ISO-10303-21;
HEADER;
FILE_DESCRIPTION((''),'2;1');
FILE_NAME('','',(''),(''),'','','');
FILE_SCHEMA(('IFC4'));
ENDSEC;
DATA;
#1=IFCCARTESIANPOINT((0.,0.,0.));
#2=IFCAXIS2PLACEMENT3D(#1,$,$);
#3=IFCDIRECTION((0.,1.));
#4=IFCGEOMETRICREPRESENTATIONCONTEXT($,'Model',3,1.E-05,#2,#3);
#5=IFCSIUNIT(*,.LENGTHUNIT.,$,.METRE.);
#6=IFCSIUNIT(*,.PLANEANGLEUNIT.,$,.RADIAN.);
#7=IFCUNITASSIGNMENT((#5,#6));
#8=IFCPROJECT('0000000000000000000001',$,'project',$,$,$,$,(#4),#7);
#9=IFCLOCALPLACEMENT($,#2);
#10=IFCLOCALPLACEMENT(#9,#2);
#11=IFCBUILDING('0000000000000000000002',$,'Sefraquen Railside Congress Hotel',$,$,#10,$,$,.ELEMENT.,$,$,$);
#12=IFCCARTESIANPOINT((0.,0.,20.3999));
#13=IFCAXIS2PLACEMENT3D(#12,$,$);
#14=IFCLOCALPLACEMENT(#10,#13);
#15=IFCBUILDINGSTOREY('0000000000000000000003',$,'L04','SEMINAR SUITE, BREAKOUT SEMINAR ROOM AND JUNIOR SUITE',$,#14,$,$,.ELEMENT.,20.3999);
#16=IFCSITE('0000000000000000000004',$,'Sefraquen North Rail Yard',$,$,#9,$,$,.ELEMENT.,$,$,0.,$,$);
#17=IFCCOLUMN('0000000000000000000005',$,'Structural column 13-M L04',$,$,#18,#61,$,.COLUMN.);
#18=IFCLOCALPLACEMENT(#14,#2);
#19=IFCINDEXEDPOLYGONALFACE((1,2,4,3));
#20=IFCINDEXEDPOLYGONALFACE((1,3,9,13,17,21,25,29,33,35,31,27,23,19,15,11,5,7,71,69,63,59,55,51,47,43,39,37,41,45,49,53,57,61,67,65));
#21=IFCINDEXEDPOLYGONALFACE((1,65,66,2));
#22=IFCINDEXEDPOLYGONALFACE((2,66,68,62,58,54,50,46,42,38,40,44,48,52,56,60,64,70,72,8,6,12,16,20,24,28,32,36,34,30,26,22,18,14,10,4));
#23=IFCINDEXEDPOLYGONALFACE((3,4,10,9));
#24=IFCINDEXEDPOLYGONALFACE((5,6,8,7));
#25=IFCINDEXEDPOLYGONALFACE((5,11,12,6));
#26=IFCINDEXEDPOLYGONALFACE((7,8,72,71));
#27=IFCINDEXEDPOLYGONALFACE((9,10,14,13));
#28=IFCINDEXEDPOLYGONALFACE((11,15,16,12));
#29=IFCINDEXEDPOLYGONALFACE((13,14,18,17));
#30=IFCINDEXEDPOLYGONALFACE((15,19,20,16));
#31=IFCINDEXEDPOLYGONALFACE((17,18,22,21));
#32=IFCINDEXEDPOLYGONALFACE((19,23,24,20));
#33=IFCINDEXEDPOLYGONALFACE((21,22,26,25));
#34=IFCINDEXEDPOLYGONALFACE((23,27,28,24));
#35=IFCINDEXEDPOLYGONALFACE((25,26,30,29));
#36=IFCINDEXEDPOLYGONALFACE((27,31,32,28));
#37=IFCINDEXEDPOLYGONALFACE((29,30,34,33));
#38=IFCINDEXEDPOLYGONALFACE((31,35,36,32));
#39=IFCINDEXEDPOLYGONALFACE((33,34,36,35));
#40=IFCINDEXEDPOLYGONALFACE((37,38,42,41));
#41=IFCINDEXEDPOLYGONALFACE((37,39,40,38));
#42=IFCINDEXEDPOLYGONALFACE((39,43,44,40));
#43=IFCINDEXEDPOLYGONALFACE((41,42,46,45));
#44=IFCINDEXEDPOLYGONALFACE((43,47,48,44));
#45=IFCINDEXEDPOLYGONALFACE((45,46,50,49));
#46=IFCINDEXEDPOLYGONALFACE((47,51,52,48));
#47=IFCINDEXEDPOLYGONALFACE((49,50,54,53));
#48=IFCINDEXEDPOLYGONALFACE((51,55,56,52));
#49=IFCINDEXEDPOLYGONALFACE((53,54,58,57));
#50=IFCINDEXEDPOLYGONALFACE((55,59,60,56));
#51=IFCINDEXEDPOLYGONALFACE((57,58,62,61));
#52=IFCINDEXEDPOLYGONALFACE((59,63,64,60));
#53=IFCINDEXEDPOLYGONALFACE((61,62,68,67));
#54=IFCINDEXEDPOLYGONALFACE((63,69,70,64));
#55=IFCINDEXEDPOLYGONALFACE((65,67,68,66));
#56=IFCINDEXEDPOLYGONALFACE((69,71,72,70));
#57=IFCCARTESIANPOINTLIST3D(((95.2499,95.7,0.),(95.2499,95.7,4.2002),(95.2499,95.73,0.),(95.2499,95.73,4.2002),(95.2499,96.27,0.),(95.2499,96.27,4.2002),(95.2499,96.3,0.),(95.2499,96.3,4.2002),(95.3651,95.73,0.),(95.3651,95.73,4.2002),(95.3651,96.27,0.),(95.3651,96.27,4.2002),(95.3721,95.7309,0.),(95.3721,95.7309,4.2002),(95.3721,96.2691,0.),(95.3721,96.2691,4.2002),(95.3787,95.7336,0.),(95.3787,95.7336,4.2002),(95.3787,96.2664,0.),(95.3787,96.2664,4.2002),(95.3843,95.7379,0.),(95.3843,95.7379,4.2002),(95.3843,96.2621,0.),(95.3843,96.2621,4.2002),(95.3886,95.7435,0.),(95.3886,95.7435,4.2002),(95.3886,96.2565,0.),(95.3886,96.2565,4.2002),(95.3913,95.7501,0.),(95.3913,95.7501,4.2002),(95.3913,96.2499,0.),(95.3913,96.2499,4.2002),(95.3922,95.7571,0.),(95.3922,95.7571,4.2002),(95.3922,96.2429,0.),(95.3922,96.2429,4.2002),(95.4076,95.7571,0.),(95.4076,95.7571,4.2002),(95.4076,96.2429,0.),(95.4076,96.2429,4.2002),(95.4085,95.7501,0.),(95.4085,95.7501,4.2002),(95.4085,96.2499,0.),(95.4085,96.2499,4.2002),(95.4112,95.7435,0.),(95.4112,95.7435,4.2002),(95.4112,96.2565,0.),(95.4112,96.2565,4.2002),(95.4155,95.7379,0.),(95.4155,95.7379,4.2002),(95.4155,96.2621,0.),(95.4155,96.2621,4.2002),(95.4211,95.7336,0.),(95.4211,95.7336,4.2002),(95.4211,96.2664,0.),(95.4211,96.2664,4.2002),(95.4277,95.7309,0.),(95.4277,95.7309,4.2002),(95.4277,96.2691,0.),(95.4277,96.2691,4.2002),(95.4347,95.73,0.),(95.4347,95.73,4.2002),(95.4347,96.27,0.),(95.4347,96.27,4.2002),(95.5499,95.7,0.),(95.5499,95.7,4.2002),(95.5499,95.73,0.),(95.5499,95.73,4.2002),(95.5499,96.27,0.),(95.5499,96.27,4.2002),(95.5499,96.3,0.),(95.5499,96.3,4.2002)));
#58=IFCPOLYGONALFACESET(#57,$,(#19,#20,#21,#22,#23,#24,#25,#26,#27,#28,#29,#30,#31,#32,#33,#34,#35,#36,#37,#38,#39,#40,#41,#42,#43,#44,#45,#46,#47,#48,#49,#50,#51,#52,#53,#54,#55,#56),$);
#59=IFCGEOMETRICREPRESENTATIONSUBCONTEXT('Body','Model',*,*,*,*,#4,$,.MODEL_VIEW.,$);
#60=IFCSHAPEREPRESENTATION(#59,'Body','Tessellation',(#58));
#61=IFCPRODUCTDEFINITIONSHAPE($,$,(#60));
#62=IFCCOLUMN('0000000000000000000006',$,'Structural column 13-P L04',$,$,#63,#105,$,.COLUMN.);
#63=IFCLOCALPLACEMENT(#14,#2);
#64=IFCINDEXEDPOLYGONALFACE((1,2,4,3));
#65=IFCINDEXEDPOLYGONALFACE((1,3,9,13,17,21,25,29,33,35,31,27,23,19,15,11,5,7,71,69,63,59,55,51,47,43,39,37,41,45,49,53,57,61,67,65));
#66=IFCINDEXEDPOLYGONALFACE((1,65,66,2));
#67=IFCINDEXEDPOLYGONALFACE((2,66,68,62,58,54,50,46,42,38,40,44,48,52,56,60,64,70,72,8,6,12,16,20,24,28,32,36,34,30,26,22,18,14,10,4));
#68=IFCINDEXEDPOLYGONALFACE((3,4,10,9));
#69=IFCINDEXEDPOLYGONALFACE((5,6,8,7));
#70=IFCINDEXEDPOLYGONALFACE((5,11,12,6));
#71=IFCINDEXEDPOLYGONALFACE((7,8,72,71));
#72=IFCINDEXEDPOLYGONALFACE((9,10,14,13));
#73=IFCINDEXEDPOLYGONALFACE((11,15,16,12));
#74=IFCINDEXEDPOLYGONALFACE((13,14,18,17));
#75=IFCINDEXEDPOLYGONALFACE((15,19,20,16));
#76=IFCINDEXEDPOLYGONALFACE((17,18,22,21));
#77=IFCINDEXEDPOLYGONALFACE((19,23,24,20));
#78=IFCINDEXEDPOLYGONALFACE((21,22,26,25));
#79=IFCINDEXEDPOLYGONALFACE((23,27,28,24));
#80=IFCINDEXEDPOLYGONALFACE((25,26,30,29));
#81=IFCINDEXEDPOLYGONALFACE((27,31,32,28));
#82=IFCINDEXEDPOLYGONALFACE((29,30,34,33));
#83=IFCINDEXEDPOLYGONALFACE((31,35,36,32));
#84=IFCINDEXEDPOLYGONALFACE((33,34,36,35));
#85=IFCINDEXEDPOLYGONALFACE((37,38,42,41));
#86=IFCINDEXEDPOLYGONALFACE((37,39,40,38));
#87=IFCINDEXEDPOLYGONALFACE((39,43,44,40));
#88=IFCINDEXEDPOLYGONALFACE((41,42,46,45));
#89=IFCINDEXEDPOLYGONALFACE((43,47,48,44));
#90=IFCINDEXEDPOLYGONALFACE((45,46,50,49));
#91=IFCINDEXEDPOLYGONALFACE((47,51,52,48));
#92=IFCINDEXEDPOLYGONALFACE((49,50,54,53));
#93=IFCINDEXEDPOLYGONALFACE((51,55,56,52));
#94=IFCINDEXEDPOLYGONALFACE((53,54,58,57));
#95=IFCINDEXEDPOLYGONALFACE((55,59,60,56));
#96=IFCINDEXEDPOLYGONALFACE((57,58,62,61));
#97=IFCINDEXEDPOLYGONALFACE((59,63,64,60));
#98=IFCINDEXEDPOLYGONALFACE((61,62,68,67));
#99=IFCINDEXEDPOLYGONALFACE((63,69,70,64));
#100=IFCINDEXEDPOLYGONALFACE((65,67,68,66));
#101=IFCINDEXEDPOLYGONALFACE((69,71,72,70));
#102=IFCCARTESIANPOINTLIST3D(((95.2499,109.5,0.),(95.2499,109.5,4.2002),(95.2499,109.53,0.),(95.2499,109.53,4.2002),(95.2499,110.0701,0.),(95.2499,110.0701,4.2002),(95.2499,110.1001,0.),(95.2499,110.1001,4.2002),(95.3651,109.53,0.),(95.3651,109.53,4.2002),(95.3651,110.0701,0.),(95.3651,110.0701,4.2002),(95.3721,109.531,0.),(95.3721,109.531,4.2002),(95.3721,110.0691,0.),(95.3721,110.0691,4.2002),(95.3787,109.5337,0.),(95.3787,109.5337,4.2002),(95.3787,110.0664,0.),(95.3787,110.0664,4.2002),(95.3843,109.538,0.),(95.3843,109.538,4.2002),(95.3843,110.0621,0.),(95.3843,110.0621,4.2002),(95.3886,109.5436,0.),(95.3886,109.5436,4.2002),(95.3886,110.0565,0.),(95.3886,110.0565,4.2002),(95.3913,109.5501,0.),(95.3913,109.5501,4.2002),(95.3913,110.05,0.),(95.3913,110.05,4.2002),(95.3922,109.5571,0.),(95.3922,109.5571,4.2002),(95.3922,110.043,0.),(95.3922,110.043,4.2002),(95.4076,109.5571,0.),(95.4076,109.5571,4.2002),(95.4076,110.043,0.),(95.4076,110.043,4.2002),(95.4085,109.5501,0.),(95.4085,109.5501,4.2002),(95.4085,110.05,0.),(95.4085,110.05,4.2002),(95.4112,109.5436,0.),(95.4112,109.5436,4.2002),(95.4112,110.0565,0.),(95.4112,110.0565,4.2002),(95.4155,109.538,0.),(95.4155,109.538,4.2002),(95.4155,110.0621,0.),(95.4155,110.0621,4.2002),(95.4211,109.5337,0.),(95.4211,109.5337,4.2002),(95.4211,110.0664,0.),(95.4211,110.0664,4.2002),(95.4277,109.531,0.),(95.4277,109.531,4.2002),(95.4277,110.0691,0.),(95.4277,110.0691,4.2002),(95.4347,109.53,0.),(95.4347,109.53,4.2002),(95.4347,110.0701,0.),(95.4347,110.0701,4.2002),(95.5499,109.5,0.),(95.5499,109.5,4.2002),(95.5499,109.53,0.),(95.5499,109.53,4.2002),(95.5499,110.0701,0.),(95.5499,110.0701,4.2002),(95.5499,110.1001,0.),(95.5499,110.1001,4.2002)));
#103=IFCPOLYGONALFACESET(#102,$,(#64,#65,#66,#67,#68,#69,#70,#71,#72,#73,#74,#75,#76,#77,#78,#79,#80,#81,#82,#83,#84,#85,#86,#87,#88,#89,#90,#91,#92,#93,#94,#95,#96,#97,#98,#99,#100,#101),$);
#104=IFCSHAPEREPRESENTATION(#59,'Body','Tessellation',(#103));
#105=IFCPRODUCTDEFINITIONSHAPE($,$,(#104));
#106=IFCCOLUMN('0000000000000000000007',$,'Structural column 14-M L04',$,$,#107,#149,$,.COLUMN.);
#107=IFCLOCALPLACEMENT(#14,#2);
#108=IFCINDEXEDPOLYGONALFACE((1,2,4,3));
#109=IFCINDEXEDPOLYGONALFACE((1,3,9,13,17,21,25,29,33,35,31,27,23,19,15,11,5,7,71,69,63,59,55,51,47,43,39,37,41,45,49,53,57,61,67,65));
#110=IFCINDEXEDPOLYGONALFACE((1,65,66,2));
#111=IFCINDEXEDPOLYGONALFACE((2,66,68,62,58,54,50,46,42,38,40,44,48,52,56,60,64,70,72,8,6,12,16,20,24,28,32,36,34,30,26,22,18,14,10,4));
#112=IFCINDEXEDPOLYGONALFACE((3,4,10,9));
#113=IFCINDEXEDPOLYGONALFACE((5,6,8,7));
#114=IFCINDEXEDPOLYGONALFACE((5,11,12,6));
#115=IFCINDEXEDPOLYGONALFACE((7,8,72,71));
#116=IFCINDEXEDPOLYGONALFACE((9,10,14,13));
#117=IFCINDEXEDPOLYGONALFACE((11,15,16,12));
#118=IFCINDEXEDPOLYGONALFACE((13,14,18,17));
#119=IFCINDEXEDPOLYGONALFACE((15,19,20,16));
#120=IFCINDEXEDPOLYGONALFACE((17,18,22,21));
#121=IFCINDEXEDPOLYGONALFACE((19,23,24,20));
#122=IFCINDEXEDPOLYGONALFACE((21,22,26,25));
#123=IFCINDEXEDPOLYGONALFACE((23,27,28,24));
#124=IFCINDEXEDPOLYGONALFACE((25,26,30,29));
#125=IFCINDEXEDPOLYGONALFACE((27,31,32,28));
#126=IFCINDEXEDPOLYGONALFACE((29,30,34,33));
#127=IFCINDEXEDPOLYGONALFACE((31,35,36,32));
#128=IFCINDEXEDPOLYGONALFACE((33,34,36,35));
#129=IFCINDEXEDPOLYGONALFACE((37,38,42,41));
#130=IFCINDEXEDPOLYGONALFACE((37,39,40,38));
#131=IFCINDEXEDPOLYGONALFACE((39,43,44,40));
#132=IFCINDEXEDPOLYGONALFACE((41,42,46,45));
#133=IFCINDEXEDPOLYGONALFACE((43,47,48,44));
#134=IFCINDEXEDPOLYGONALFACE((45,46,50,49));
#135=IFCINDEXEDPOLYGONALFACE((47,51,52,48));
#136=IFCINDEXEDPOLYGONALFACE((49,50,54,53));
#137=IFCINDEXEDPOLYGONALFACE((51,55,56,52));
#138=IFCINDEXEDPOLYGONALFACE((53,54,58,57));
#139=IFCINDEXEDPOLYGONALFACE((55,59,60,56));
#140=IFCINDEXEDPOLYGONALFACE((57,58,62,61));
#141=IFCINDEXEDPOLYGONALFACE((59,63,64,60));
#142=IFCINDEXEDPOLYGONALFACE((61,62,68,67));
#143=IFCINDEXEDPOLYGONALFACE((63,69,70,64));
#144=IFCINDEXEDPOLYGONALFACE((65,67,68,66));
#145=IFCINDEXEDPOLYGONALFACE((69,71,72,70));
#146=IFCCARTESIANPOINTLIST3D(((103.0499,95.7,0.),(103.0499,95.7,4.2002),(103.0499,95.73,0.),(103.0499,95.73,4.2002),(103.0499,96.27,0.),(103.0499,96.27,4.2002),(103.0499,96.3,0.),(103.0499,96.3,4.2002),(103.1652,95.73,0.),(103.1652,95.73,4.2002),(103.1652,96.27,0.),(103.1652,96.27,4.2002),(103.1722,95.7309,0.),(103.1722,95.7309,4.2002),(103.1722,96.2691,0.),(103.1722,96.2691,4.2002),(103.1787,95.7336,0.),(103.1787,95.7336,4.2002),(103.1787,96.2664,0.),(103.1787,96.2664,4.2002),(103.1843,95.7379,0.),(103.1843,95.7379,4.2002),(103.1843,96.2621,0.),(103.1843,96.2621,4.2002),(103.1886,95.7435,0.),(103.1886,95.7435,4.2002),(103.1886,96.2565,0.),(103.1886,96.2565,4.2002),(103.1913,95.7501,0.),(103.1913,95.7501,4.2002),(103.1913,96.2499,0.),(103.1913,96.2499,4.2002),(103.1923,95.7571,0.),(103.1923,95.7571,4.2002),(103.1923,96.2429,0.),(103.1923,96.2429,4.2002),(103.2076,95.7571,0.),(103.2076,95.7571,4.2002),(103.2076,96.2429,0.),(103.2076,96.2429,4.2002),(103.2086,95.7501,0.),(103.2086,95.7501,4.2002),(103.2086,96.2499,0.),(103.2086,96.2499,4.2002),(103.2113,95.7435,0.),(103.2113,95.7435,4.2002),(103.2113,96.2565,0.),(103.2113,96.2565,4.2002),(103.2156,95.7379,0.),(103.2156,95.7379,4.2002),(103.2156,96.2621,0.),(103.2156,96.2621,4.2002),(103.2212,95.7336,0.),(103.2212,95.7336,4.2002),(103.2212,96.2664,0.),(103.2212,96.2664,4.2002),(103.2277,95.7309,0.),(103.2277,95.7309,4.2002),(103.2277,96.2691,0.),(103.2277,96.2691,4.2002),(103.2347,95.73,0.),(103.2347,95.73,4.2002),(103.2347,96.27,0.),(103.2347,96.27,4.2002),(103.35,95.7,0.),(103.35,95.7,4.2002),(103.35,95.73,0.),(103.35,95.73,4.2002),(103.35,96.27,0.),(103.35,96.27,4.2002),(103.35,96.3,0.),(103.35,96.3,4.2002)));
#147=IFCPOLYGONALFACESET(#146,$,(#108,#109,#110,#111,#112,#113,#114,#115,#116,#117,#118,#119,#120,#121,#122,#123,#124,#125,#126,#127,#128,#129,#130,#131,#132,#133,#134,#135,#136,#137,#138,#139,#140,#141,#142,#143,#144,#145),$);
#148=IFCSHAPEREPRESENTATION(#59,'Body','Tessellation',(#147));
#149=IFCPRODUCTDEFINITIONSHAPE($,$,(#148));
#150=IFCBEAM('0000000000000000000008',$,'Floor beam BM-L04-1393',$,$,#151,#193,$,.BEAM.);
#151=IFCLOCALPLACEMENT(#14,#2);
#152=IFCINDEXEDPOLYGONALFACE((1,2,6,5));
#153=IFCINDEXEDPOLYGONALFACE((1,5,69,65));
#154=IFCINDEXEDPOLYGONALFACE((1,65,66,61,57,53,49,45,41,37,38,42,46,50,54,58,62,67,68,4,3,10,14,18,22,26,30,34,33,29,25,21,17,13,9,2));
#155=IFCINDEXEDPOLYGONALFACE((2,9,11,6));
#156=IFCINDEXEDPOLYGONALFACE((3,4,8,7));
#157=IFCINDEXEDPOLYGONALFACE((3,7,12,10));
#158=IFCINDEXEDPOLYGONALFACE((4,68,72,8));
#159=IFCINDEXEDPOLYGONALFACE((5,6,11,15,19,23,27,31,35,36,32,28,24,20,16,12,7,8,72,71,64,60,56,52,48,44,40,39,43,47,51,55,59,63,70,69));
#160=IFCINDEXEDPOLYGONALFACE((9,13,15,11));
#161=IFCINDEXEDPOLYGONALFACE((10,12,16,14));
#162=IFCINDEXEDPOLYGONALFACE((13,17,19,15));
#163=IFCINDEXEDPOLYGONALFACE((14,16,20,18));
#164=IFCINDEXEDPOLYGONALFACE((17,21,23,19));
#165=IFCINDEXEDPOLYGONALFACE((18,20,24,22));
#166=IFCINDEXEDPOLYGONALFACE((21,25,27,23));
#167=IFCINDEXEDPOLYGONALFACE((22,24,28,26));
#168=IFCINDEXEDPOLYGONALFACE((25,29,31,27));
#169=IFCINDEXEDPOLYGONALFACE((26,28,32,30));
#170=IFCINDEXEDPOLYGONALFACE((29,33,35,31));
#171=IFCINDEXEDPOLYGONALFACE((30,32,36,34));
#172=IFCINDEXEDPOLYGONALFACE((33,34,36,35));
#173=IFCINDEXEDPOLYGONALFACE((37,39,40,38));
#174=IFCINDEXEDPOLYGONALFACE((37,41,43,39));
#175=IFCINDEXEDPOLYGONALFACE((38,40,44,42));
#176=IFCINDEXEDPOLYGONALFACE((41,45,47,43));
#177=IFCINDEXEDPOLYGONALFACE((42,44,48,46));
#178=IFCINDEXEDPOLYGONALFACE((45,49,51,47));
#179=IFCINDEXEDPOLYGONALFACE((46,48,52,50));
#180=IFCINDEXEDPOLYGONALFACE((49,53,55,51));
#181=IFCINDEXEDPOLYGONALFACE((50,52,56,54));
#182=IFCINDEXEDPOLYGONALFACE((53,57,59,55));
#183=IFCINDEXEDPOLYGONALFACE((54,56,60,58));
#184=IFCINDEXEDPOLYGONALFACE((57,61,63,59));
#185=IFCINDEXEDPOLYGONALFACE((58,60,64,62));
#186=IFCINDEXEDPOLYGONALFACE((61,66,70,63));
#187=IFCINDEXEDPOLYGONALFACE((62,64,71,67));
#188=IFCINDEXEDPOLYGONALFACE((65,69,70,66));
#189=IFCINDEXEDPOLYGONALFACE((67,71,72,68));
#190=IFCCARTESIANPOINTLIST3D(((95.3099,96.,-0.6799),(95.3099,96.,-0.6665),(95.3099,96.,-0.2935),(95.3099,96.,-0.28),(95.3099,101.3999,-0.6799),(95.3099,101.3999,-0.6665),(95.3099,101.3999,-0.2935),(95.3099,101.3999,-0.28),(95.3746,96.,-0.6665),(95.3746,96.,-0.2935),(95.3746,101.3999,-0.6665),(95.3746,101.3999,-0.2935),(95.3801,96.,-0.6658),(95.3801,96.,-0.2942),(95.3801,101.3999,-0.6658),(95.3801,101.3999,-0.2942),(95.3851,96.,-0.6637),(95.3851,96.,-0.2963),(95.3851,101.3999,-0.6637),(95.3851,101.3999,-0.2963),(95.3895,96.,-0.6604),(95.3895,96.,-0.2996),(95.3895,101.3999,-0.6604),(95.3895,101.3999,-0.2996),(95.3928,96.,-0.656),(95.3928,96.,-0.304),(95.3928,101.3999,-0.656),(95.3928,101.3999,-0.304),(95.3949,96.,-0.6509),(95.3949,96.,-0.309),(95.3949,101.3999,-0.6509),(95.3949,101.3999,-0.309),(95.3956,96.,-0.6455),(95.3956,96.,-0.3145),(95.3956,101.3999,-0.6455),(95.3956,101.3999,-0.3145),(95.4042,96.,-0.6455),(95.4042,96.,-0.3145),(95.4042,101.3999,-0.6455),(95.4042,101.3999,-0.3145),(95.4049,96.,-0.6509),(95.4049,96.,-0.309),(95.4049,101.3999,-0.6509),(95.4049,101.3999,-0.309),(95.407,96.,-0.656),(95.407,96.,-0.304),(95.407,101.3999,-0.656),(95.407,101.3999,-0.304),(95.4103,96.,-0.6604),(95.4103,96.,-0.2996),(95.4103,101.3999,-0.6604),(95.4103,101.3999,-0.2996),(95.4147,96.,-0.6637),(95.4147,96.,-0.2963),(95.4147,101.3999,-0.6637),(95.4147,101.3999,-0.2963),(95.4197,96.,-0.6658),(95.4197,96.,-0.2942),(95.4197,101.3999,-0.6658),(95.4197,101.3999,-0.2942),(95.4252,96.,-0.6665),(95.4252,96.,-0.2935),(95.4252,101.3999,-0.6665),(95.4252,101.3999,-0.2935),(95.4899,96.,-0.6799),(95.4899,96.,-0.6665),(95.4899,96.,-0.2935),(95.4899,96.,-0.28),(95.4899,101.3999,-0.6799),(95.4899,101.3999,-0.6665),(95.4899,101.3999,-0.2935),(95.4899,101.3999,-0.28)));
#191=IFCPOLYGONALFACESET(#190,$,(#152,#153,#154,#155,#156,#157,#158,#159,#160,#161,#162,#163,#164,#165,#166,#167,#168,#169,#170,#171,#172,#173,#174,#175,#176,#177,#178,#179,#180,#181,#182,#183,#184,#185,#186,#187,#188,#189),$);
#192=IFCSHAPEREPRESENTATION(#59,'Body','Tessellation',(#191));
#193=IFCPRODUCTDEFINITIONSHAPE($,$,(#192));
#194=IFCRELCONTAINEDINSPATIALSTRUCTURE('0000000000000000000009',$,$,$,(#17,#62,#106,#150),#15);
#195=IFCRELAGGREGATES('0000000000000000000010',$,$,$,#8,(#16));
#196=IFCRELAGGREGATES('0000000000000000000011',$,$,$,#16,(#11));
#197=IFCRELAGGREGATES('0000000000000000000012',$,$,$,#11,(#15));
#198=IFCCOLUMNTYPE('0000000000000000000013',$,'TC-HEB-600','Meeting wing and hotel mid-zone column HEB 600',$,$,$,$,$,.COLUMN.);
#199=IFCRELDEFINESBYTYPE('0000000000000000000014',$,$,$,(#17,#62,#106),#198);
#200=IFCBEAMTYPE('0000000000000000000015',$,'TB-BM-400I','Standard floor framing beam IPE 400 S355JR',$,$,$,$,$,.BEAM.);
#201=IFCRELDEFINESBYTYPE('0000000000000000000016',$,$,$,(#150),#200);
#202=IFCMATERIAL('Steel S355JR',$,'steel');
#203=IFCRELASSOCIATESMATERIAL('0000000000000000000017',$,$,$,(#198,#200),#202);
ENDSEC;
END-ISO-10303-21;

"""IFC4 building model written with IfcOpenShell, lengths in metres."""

from ifc_helpers import new_model, si_unit, direction, frame, origin, origin_2d, place, context, subcontext, project, spatial, i_section, extrude, material, material_profile, profile_set, type_object, element, save


model = new_model("IFC4")

# Units and contexts
model_context = context("Model", 3, precision=1e-05, world=origin(), true_north=direction((0.0, 1.0)))
body_context = subcontext(model_context, "Body", "Model", "MODEL_VIEW")
ifc_project = project(units=[si_unit("LENGTHUNIT", "METRE"), si_unit("PLANEANGLEUNIT", "RADIAN")], contexts=[model_context])

# Site, building, storey
site_placement = place(None, origin())
site = spatial("IfcSite", under=ifc_project, at=site_placement, Name="Sefraquen North Rail Yard", CompositionType="ELEMENT", RefElevation=0.0)
building_placement = place(site_placement, origin())
building = spatial("IfcBuilding", under=site, at=building_placement, Name="Sefraquen Railside Congress Hotel", CompositionType="ELEMENT")
storey_placement = place(building_placement, frame((0.0, 0.0, 20.3999)))
storey = spatial("IfcBuildingStorey", under=building, at=storey_placement, Name="L04", Description="SEMINAR SUITE, BREAKOUT SEMINAR ROOM AND JUNIOR SUITE", CompositionType="ELEMENT", Elevation=20.3999)

# Columns
ifc_material_1 = material(Name="Steel S355JR", Category="steel")
ifc_material_profile_1 = material_profile(ifc_material_1, i_section(OverallWidth=0.3, OverallDepth=0.6001, WebThickness=0.0154, FlangeThickness=0.03, FilletRadius=0.0271, at=origin_2d()), Name="HEB 600")
ifc_profile_set_1 = profile_set([ifc_material_profile_1], Name="Steel S355JR")
column_type_1 = type_object("IfcColumnType", Name="TC-HEB-600", Description="Meeting wing and hotel mid-zone column HEB 600", PredefinedType="COLUMN", material=ifc_profile_set_1)
for number, where, z_axis, x_axis, name in (
    (1, (95.3999, 96.0, 0.0), (0.0, 0.0, 1.0), (1.0, 0.0, 0.0), "Structural column 13-M L04"),
    (2, (95.3999, 109.8, 0.0), (0.0, 0.0, 1.0), (1.0, 0.0, 0.0), "Structural column 13-P L04"),
    (3, (103.2, 96.0, 0.0), (0.0, 0.0, 1.0), (1.0, 0.0, 0.0), "Structural column 14-M L04"),
):
    element("IfcColumn", number, at=place(storey_placement, frame(where, z_axis=z_axis, x_axis=x_axis)), inside=storey, type_object=column_type_1, Name=name, PredefinedType="COLUMN", context=body_context, shape_type="SweptSolid", body=[
        extrude(i_section(OverallWidth=0.3, OverallDepth=0.6001, WebThickness=0.0154, FlangeThickness=0.03, FilletRadius=0.0271, at=origin_2d()), origin(), (0.0, 0.0, 1.0), 4.2002),
    ])

# Beam
ifc_material_profile_2 = material_profile(ifc_material_1, i_section(OverallWidth=0.1799, OverallDepth=0.3999, WebThickness=0.0085, FlangeThickness=0.0134, FilletRadius=0.021, at=origin_2d()), Name="IPE 400")
ifc_profile_set_2 = profile_set([ifc_material_profile_2], Name="Steel S355JR")
beam_type_1 = type_object("IfcBeamType", Name="TB-BM-400I", Description="Standard floor framing beam IPE 400 S355JR", PredefinedType="BEAM", material=ifc_profile_set_2)
beam_1_placement = place(storey_placement, frame((95.3999, 96.0, -0.48), z_axis=(0.0, 1.0, 0.0), x_axis=(-1.0, 0.0, 0.0)))
element("IfcBeam", 4, at=beam_1_placement, inside=storey, type_object=beam_type_1, Name="Floor beam BM-L04-1393", PredefinedType="BEAM", context=body_context, shape_type="SweptSolid", body=[
    extrude(i_section(OverallWidth=0.1799, OverallDepth=0.3999, WebThickness=0.0085, FlangeThickness=0.0134, FilletRadius=0.021, at=origin_2d()), origin(), (0.0, 0.0, 1.0), 5.3999),
])

save(model, "model.ifc")
